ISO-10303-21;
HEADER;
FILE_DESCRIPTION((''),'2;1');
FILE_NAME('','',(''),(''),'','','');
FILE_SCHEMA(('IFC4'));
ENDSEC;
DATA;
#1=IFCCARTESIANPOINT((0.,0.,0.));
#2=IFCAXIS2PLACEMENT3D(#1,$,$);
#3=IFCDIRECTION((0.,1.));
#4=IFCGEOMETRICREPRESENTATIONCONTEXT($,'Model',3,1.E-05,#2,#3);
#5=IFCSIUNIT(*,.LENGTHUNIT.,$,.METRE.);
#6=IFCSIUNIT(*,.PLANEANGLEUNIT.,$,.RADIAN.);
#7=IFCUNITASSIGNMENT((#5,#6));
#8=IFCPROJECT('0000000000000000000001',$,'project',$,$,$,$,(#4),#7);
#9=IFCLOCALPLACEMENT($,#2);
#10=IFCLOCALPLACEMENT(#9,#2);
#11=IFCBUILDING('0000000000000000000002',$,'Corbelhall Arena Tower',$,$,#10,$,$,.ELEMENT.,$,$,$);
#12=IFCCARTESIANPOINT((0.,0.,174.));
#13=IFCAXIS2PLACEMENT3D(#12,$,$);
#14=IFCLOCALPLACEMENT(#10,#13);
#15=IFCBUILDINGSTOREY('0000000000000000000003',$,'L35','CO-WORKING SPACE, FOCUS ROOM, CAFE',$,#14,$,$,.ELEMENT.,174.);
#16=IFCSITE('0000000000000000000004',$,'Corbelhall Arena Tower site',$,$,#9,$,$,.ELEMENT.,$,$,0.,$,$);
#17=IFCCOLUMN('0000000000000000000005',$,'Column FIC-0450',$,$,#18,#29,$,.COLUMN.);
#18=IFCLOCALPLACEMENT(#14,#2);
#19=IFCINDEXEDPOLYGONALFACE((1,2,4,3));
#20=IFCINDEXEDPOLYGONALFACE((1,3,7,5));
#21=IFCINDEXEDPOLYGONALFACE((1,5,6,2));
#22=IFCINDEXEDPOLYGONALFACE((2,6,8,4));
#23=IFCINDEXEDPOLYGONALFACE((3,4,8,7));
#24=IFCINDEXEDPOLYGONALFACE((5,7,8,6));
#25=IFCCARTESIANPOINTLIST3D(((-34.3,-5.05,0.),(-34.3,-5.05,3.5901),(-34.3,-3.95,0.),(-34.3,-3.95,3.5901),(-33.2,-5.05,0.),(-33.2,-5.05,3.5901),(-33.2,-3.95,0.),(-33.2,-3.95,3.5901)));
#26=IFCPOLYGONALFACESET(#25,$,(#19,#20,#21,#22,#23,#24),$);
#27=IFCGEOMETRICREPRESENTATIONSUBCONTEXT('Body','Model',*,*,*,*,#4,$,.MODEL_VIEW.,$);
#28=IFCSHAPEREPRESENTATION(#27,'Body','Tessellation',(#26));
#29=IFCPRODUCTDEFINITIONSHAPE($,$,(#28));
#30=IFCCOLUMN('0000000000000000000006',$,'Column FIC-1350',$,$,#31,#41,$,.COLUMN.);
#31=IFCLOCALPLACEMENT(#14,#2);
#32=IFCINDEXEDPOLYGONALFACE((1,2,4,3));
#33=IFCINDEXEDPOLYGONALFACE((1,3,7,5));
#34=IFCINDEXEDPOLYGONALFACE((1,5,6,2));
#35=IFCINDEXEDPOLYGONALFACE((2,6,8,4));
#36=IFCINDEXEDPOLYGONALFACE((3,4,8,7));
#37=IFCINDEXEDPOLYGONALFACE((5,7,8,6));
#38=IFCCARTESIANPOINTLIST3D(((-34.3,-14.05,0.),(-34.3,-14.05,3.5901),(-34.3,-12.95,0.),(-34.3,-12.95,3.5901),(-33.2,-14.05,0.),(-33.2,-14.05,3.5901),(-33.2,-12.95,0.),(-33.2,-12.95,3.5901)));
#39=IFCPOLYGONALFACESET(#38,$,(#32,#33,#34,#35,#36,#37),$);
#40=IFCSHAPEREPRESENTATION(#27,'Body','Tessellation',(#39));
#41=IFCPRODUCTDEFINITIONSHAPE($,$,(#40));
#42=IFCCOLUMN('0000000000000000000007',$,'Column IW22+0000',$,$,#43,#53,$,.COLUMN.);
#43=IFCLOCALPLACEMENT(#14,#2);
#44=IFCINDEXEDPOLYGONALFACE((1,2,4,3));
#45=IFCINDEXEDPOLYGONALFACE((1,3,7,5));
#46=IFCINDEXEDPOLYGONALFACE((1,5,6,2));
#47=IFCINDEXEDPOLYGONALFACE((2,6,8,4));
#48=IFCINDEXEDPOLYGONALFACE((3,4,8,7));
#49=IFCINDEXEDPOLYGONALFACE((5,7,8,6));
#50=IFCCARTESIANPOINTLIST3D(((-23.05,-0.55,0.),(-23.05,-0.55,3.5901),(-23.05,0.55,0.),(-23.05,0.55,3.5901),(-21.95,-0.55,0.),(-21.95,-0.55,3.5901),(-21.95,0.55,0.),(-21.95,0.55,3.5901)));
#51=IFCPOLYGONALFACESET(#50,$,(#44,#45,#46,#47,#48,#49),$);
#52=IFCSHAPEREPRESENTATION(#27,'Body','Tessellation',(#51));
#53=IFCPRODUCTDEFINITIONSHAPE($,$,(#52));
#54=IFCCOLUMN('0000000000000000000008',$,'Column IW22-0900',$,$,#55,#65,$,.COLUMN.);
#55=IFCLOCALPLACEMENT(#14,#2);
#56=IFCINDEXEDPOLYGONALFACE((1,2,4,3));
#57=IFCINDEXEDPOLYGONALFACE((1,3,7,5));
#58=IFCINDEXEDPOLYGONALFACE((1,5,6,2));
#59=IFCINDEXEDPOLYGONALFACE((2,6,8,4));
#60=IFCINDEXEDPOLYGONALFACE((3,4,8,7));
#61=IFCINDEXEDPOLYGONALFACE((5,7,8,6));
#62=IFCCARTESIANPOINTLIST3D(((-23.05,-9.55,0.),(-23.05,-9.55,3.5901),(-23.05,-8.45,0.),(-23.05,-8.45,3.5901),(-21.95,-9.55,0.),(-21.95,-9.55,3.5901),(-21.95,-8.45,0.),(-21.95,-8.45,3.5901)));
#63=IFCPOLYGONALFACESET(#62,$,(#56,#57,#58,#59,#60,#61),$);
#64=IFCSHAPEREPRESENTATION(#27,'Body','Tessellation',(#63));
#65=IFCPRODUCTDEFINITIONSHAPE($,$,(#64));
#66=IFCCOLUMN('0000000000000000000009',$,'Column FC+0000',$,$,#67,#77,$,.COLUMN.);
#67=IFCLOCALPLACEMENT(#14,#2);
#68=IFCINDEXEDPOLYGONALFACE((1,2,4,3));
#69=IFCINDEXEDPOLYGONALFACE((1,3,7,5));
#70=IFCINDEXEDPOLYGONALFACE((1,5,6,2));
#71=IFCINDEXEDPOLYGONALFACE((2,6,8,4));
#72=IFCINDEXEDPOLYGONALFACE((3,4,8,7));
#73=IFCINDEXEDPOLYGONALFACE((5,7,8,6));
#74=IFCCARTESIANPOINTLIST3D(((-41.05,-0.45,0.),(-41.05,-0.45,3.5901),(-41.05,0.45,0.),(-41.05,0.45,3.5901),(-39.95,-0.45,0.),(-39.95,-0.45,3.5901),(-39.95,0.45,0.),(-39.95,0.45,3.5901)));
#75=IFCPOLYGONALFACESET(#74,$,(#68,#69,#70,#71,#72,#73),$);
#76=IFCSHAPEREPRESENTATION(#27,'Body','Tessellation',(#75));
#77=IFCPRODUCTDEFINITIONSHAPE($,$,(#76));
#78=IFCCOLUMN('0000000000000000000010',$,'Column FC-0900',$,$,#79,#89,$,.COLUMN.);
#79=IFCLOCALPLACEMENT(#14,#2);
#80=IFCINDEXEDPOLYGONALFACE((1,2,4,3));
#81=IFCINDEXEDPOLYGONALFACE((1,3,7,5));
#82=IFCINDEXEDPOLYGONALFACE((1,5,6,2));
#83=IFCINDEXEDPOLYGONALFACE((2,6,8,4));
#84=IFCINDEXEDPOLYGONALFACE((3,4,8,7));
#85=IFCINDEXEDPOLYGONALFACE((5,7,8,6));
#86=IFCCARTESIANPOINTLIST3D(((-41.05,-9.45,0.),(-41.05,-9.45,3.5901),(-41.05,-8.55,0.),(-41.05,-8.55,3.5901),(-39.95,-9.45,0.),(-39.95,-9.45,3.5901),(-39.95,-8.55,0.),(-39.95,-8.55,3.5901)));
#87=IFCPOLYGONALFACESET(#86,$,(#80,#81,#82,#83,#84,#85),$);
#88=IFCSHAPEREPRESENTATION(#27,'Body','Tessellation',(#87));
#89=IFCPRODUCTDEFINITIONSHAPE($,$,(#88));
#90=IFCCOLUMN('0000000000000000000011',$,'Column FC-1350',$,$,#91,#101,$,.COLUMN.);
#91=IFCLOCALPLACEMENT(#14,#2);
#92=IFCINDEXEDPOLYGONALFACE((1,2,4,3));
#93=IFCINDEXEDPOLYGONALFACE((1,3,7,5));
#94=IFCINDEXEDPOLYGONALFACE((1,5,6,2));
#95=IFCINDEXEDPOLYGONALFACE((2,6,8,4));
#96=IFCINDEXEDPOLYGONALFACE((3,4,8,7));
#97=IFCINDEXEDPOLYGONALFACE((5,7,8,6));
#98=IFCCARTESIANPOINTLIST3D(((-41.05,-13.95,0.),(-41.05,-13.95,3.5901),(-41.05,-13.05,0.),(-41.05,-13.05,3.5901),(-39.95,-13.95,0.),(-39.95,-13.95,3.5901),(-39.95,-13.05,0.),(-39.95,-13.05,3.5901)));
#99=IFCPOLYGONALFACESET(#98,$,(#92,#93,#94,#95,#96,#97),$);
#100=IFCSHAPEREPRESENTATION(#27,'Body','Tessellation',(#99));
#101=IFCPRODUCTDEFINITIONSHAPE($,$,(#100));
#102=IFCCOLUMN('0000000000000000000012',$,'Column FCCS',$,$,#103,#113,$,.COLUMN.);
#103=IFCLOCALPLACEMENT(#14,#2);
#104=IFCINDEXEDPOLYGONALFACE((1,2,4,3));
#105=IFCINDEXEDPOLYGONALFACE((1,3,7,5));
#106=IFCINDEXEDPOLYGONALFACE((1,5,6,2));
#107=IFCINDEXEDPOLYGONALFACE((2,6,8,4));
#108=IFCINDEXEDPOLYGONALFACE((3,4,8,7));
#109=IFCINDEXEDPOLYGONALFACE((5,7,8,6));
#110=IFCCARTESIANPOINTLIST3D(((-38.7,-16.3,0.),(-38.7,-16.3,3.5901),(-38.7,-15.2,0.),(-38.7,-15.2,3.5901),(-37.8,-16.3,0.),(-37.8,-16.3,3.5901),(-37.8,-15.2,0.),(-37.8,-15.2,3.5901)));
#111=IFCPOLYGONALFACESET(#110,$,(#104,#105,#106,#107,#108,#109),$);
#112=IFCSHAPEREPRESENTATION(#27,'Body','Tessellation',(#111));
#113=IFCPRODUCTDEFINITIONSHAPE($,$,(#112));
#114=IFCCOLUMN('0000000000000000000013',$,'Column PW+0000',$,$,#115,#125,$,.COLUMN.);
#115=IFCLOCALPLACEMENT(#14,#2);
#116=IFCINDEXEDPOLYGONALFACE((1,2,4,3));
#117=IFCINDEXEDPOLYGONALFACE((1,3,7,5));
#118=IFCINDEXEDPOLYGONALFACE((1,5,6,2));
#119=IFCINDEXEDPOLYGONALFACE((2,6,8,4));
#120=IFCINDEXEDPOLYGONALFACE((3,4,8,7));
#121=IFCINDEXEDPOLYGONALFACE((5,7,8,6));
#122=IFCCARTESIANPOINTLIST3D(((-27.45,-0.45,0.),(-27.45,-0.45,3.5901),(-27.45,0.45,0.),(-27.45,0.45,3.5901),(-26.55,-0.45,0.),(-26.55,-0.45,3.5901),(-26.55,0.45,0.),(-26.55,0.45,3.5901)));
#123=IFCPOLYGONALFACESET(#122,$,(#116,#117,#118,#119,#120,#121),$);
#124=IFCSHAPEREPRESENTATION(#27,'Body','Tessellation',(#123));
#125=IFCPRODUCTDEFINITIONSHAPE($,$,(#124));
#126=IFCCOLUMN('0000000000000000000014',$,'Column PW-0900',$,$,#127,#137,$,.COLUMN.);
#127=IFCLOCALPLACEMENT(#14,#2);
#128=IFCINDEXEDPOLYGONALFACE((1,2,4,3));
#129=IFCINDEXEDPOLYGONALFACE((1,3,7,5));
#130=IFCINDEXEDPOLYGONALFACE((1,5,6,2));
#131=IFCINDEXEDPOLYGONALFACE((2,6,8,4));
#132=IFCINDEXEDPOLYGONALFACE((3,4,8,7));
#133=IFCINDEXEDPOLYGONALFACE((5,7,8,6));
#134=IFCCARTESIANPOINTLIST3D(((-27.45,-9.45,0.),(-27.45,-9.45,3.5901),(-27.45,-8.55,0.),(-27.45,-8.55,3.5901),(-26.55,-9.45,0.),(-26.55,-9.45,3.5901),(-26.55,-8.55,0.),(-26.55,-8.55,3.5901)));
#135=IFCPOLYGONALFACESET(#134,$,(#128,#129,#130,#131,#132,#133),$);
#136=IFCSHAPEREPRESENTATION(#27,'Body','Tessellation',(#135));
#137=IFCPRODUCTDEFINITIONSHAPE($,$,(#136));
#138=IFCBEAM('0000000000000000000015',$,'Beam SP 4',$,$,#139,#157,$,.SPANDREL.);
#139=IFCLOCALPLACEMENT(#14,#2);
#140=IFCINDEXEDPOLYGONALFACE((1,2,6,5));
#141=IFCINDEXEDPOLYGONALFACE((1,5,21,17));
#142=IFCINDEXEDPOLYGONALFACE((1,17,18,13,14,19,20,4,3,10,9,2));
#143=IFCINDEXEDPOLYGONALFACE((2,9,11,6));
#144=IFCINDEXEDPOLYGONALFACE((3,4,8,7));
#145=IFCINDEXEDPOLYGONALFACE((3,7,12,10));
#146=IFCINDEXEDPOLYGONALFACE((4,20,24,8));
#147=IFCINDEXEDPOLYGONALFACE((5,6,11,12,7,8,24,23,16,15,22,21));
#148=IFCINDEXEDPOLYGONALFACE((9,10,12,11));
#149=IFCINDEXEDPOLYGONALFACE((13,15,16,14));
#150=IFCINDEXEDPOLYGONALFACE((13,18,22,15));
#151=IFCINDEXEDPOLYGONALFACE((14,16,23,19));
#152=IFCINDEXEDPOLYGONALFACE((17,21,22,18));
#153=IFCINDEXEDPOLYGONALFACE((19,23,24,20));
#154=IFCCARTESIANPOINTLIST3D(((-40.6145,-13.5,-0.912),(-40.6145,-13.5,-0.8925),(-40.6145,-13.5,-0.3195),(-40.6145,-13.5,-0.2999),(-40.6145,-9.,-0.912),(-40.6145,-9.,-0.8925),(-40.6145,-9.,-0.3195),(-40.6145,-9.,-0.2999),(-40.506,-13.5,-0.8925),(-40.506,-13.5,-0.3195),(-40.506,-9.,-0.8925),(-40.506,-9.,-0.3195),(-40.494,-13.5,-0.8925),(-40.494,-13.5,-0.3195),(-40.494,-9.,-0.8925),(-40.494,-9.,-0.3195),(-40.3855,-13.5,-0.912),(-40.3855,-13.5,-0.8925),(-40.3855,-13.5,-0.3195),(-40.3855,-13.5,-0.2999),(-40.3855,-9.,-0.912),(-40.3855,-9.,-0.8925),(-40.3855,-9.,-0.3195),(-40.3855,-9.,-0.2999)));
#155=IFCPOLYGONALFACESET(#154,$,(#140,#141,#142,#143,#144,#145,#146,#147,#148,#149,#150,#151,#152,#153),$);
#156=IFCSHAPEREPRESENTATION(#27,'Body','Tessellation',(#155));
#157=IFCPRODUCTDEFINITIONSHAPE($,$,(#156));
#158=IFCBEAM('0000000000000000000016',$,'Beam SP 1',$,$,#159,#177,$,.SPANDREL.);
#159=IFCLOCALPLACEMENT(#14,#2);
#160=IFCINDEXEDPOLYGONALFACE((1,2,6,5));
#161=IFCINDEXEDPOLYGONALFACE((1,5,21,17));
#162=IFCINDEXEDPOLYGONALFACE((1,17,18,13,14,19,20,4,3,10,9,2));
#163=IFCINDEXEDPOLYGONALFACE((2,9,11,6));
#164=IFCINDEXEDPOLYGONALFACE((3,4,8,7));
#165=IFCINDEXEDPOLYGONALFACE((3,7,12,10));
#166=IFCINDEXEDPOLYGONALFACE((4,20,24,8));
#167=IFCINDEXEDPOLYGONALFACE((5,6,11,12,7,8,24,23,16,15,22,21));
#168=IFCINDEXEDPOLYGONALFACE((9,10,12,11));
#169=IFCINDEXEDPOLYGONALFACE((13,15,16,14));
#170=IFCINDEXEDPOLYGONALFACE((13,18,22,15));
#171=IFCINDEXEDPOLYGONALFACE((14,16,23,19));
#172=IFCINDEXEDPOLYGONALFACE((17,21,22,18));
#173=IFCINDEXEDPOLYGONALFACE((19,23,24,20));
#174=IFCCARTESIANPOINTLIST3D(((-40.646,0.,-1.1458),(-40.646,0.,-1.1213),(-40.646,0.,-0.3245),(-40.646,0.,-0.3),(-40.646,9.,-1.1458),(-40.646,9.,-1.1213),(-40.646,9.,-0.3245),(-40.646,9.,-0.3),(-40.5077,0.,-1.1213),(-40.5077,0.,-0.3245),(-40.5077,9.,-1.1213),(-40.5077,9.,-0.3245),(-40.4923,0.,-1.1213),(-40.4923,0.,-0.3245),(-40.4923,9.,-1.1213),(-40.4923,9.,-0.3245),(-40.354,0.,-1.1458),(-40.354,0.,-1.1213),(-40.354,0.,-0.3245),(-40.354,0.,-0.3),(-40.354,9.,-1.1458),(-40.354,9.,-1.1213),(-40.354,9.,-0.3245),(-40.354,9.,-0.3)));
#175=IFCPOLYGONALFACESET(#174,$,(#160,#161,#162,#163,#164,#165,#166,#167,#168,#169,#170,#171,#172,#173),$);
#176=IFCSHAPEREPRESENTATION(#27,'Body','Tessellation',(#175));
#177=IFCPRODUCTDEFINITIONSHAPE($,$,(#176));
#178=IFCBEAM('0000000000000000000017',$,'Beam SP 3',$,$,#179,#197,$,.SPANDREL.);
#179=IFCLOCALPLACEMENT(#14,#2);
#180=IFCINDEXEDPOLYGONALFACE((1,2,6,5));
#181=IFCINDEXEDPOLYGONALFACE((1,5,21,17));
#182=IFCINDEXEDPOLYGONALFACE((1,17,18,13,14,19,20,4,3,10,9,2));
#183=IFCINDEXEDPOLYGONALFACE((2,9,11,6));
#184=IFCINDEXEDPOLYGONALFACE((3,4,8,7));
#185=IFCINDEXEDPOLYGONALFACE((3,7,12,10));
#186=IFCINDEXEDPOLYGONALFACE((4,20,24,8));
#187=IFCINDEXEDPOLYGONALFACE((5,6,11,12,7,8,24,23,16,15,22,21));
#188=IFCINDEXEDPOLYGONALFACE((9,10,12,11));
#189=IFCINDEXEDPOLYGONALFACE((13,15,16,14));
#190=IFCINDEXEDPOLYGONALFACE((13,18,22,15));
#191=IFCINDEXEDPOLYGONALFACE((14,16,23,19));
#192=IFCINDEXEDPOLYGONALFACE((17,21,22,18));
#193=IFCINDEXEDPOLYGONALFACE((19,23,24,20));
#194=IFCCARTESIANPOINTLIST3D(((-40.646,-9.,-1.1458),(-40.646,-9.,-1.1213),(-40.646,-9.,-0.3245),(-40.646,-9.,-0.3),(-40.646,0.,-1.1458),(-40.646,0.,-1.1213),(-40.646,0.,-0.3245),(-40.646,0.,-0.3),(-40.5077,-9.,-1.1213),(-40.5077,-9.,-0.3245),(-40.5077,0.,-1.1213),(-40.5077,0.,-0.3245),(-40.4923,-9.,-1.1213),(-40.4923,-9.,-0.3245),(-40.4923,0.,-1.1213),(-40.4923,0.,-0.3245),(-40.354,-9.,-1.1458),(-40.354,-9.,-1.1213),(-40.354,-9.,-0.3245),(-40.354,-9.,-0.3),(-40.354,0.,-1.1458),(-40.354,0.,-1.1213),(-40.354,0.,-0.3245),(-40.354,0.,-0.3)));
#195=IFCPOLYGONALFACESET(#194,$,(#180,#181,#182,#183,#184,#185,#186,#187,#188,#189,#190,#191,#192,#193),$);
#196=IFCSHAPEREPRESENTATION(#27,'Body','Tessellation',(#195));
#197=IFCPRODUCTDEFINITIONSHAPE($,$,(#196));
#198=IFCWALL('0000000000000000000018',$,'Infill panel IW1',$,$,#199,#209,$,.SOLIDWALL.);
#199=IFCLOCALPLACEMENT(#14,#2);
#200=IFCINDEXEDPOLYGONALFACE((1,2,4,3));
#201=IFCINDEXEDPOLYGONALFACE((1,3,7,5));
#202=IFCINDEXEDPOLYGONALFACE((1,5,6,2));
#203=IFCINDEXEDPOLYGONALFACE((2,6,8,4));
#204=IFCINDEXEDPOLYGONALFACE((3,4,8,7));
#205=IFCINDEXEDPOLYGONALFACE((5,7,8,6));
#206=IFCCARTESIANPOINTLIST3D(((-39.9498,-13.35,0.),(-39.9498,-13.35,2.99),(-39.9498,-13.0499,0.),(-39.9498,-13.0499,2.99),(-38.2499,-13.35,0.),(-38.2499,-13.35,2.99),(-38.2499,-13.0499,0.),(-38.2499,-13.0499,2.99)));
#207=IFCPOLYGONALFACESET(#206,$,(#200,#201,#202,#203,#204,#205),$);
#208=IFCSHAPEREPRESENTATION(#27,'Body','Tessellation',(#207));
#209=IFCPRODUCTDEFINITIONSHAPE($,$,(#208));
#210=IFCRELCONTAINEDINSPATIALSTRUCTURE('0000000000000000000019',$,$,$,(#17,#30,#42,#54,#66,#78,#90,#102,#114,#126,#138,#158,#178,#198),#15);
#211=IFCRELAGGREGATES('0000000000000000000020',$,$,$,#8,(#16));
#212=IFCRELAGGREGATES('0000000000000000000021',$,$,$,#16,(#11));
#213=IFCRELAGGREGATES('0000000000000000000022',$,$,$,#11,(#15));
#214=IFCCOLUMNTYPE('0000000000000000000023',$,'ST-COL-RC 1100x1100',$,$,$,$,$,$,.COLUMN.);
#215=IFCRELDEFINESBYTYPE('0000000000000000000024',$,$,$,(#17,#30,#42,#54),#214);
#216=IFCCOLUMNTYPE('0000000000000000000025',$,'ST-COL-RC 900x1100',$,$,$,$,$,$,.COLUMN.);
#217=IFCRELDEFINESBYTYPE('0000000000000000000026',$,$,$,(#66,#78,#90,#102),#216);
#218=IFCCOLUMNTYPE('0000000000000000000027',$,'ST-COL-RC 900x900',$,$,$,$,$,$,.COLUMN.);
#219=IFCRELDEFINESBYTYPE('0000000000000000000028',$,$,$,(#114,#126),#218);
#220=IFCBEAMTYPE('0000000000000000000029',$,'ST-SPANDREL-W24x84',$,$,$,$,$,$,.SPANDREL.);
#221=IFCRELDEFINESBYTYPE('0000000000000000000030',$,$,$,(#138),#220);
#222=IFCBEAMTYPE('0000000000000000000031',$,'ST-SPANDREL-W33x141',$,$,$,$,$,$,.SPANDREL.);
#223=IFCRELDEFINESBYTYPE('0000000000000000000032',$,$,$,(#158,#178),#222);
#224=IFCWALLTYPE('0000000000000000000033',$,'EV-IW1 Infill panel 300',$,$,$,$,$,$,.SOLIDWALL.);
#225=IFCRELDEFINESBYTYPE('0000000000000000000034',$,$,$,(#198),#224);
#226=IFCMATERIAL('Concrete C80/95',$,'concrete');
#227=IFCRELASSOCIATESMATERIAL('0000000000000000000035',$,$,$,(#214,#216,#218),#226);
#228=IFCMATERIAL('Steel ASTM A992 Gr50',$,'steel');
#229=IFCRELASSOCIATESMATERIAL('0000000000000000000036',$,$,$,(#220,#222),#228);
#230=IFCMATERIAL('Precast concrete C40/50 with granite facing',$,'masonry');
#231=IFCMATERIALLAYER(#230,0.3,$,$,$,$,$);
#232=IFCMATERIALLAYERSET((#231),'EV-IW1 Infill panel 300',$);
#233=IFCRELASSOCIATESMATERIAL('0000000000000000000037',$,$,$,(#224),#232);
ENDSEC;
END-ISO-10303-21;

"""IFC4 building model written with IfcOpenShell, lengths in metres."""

from ifc_helpers import new_model, si_unit, direction, frame, frame_2d, origin, origin_2d, place, context, subcontext, project, spatial, rectangle, i_section, extrude, material, layer, layer_set, material_profile, profile_set, type_object, element, save


model = new_model("IFC4")

# Units and contexts
model_context = context("Model", 3, precision=1e-05, world=origin(), true_north=direction((0.0, 1.0)))
body_context = subcontext(model_context, "Body", "Model", "MODEL_VIEW")
ifc_project = project(units=[si_unit("LENGTHUNIT", "METRE"), si_unit("PLANEANGLEUNIT", "RADIAN")], contexts=[model_context])

# Site, building, storey
site_placement = place(None, origin())
site = spatial("IfcSite", under=ifc_project, at=site_placement, Name="Corbelhall Arena Tower site", CompositionType="ELEMENT", RefElevation=0.0)
building_placement = place(site_placement, origin())
building = spatial("IfcBuilding", under=site, at=building_placement, Name="Corbelhall Arena Tower", CompositionType="ELEMENT")
storey_placement = place(building_placement, frame((0.0, 0.0, 174.0)))
storey = spatial("IfcBuildingStorey", under=building, at=storey_placement, Name="L35", Description="CO-WORKING SPACE, FOCUS ROOM, CAFE", CompositionType="ELEMENT", Elevation=174.0)

# Columns
ifc_material_1 = material(Name="Concrete C80/95", Category="concrete")
ifc_material_profile_1 = material_profile(ifc_material_1, rectangle(XDim=1.1001, YDim=1.1001, at=origin_2d()))
ifc_profile_set_1 = profile_set([ifc_material_profile_1], Name="Concrete C80/95")
column_type_1 = type_object("IfcColumnType", Name="ST-COL-RC 1100x1100", PredefinedType="COLUMN", material=ifc_profile_set_1)
for number, where, z_axis, x_axis, name in (
    (1, (-33.75, -4.5, 0.0), (0.0, 0.0, 1.0), (1.0, 0.0, 0.0), "Column FIC-0450"),
    (2, (-33.75, -13.5, 0.0), (0.0, 0.0, 1.0), (1.0, 0.0, 0.0), "Column FIC-1350"),
    (3, (-22.5, 0.0, 0.0), (0.0, 0.0, 1.0), (1.0, 0.0, 0.0), "Column IW22+0000"),
    (4, (-22.5, -9.0, 0.0), (0.0, 0.0, 1.0), (1.0, 0.0, 0.0), "Column IW22-0900"),
):
    element("IfcColumn", number, at=place(storey_placement, frame(where, z_axis=z_axis, x_axis=x_axis)), inside=storey, type_object=column_type_1, Name=name, PredefinedType="COLUMN", context=body_context, shape_type="SweptSolid", body=[
        extrude(rectangle(XDim=1.1001, YDim=1.1001, at=origin_2d()), origin(), (0.0, 0.0, 1.0), 3.5901),
    ])
ifc_material_profile_2 = material_profile(ifc_material_1, rectangle(XDim=0.8999, YDim=1.1001, at=origin_2d()))
ifc_profile_set_2 = profile_set([ifc_material_profile_2], Name="Concrete C80/95")
column_type_2 = type_object("IfcColumnType", Name="ST-COL-RC 900x1100", PredefinedType="COLUMN", material=ifc_profile_set_2)
for number, where, z_axis, x_axis, name in (
    (5, (-40.5, 0.0, 0.0), (0.0, 0.0, 1.0), (0.0, 1.0, 0.0), "Column FC+0000"),
    (6, (-40.5, -9.0, 0.0), (0.0, 0.0, 1.0), (0.0, 1.0, 0.0), "Column FC-0900"),
    (7, (-40.5, -13.5, 0.0), (0.0, 0.0, 1.0), (0.0, 1.0, 0.0), "Column FC-1350"),
    (8, (-38.25, -15.75, 0.0), (0.0, 0.0, 1.0), (1.0, 0.0, 0.0), "Column FCCS"),
):
    element("IfcColumn", number, at=place(storey_placement, frame(where, z_axis=z_axis, x_axis=x_axis)), inside=storey, type_object=column_type_2, Name=name, PredefinedType="COLUMN", context=body_context, shape_type="SweptSolid", body=[
        extrude(rectangle(XDim=0.8999, YDim=1.1001, at=origin_2d()), origin(), (0.0, 0.0, 1.0), 3.5901),
    ])
ifc_material_profile_3 = material_profile(ifc_material_1, rectangle(XDim=0.8999, YDim=0.8999, at=origin_2d()))
ifc_profile_set_3 = profile_set([ifc_material_profile_3], Name="Concrete C80/95")
column_type_3 = type_object("IfcColumnType", Name="ST-COL-RC 900x900", PredefinedType="COLUMN", material=ifc_profile_set_3)
for number, where, z_axis, x_axis, name in (
    (9, (-27.0, 0.0, 0.0), (0.0, 0.0, 1.0), (1.0, 0.0, 0.0), "Column PW+0000"),
    (10, (-27.0, -9.0, 0.0), (0.0, 0.0, 1.0), (1.0, 0.0, 0.0), "Column PW-0900"),
):
    element("IfcColumn", number, at=place(storey_placement, frame(where, z_axis=z_axis, x_axis=x_axis)), inside=storey, type_object=column_type_3, Name=name, PredefinedType="COLUMN", context=body_context, shape_type="SweptSolid", body=[
        extrude(rectangle(XDim=0.8999, YDim=0.8999, at=origin_2d()), origin(), (0.0, 0.0, 1.0), 3.5901),
    ])

# Beams
ifc_material_2 = material(Name="Steel ASTM A992 Gr50", Category="steel")
ifc_material_profile_4 = material_profile(ifc_material_2, i_section(OverallWidth=0.229, OverallDepth=0.6121, WebThickness=0.012, FlangeThickness=0.0195, at=origin_2d()))
ifc_profile_set_4 = profile_set([ifc_material_profile_4], Name="Steel ASTM A992 Gr50")
beam_type_1 = type_object("IfcBeamType", Name="ST-SPANDREL-W24x84", PredefinedType="SPANDREL", material=ifc_profile_set_4)
beam_placement = place(storey_placement, frame((-40.5, -13.5, -0.606), z_axis=(0.0, 1.0, 0.0), x_axis=(-1.0, 0.0, 0.0)))
element("IfcBeam", 11, at=beam_placement, inside=storey, type_object=beam_type_1, Name="Beam SP 4", PredefinedType="SPANDREL", context=body_context, shape_type="SweptSolid", body=[
    extrude(i_section(OverallWidth=0.229, OverallDepth=0.6121, WebThickness=0.012, FlangeThickness=0.0195, at=origin_2d()), origin(), (0.0, 0.0, 1.0), 4.5),
])
ifc_material_profile_5 = material_profile(ifc_material_2, i_section(OverallWidth=0.292, OverallDepth=0.8457, WebThickness=0.0154, FlangeThickness=0.0244, at=origin_2d()))
ifc_profile_set_5 = profile_set([ifc_material_profile_5], Name="Steel ASTM A992 Gr50")
beam_type_2 = type_object("IfcBeamType", Name="ST-SPANDREL-W33x141", PredefinedType="SPANDREL", material=ifc_profile_set_5)
for number, where, z_axis, x_axis, name in (
    (12, (-40.5, 0.0, -0.7229), (0.0, 1.0, 0.0), (-1.0, 0.0, 0.0), "Beam SP 1"),
    (13, (-40.5, -9.0, -0.7229), (0.0, 1.0, 0.0), (-1.0, 0.0, 0.0), "Beam SP 3"),
):
    element("IfcBeam", number, at=place(storey_placement, frame(where, z_axis=z_axis, x_axis=x_axis)), inside=storey, type_object=beam_type_2, Name=name, PredefinedType="SPANDREL", context=body_context, shape_type="SweptSolid", body=[
        extrude(i_section(OverallWidth=0.292, OverallDepth=0.8457, WebThickness=0.0154, FlangeThickness=0.0244, at=origin_2d()), origin(), (0.0, 0.0, 1.0), 9.0),
    ])

# Wall
ifc_material_3 = material(Name="Precast concrete C40/50 with granite facing", Category="masonry")
ifc_layer_1 = layer(ifc_material_3, 0.3)
ifc_layer_set_1 = layer_set([ifc_layer_1], Name="EV-IW1 Infill panel 300")
wall_type_1 = type_object("IfcWallType", Name="EV-IW1 Infill panel 300", PredefinedType="SOLIDWALL", material=ifc_layer_set_1)
wall_1_placement = place(storey_placement, frame((-39.95, -13.2, 0.0), z_axis=(0.0, 0.0, 1.0), x_axis=(1.0, 0.0, 0.0)))
element("IfcWall", 14, at=wall_1_placement, inside=storey, type_object=wall_type_1, Name="Infill panel IW1", PredefinedType="SOLIDWALL", context=body_context, shape_type="SweptSolid", body=[
    extrude(rectangle(XDim=1.7, YDim=0.3, at=frame_2d((0.8501, 0.0))), origin(), (0.0, 0.0, 1.0), 2.99),
])

save(model, "model.ifc")
